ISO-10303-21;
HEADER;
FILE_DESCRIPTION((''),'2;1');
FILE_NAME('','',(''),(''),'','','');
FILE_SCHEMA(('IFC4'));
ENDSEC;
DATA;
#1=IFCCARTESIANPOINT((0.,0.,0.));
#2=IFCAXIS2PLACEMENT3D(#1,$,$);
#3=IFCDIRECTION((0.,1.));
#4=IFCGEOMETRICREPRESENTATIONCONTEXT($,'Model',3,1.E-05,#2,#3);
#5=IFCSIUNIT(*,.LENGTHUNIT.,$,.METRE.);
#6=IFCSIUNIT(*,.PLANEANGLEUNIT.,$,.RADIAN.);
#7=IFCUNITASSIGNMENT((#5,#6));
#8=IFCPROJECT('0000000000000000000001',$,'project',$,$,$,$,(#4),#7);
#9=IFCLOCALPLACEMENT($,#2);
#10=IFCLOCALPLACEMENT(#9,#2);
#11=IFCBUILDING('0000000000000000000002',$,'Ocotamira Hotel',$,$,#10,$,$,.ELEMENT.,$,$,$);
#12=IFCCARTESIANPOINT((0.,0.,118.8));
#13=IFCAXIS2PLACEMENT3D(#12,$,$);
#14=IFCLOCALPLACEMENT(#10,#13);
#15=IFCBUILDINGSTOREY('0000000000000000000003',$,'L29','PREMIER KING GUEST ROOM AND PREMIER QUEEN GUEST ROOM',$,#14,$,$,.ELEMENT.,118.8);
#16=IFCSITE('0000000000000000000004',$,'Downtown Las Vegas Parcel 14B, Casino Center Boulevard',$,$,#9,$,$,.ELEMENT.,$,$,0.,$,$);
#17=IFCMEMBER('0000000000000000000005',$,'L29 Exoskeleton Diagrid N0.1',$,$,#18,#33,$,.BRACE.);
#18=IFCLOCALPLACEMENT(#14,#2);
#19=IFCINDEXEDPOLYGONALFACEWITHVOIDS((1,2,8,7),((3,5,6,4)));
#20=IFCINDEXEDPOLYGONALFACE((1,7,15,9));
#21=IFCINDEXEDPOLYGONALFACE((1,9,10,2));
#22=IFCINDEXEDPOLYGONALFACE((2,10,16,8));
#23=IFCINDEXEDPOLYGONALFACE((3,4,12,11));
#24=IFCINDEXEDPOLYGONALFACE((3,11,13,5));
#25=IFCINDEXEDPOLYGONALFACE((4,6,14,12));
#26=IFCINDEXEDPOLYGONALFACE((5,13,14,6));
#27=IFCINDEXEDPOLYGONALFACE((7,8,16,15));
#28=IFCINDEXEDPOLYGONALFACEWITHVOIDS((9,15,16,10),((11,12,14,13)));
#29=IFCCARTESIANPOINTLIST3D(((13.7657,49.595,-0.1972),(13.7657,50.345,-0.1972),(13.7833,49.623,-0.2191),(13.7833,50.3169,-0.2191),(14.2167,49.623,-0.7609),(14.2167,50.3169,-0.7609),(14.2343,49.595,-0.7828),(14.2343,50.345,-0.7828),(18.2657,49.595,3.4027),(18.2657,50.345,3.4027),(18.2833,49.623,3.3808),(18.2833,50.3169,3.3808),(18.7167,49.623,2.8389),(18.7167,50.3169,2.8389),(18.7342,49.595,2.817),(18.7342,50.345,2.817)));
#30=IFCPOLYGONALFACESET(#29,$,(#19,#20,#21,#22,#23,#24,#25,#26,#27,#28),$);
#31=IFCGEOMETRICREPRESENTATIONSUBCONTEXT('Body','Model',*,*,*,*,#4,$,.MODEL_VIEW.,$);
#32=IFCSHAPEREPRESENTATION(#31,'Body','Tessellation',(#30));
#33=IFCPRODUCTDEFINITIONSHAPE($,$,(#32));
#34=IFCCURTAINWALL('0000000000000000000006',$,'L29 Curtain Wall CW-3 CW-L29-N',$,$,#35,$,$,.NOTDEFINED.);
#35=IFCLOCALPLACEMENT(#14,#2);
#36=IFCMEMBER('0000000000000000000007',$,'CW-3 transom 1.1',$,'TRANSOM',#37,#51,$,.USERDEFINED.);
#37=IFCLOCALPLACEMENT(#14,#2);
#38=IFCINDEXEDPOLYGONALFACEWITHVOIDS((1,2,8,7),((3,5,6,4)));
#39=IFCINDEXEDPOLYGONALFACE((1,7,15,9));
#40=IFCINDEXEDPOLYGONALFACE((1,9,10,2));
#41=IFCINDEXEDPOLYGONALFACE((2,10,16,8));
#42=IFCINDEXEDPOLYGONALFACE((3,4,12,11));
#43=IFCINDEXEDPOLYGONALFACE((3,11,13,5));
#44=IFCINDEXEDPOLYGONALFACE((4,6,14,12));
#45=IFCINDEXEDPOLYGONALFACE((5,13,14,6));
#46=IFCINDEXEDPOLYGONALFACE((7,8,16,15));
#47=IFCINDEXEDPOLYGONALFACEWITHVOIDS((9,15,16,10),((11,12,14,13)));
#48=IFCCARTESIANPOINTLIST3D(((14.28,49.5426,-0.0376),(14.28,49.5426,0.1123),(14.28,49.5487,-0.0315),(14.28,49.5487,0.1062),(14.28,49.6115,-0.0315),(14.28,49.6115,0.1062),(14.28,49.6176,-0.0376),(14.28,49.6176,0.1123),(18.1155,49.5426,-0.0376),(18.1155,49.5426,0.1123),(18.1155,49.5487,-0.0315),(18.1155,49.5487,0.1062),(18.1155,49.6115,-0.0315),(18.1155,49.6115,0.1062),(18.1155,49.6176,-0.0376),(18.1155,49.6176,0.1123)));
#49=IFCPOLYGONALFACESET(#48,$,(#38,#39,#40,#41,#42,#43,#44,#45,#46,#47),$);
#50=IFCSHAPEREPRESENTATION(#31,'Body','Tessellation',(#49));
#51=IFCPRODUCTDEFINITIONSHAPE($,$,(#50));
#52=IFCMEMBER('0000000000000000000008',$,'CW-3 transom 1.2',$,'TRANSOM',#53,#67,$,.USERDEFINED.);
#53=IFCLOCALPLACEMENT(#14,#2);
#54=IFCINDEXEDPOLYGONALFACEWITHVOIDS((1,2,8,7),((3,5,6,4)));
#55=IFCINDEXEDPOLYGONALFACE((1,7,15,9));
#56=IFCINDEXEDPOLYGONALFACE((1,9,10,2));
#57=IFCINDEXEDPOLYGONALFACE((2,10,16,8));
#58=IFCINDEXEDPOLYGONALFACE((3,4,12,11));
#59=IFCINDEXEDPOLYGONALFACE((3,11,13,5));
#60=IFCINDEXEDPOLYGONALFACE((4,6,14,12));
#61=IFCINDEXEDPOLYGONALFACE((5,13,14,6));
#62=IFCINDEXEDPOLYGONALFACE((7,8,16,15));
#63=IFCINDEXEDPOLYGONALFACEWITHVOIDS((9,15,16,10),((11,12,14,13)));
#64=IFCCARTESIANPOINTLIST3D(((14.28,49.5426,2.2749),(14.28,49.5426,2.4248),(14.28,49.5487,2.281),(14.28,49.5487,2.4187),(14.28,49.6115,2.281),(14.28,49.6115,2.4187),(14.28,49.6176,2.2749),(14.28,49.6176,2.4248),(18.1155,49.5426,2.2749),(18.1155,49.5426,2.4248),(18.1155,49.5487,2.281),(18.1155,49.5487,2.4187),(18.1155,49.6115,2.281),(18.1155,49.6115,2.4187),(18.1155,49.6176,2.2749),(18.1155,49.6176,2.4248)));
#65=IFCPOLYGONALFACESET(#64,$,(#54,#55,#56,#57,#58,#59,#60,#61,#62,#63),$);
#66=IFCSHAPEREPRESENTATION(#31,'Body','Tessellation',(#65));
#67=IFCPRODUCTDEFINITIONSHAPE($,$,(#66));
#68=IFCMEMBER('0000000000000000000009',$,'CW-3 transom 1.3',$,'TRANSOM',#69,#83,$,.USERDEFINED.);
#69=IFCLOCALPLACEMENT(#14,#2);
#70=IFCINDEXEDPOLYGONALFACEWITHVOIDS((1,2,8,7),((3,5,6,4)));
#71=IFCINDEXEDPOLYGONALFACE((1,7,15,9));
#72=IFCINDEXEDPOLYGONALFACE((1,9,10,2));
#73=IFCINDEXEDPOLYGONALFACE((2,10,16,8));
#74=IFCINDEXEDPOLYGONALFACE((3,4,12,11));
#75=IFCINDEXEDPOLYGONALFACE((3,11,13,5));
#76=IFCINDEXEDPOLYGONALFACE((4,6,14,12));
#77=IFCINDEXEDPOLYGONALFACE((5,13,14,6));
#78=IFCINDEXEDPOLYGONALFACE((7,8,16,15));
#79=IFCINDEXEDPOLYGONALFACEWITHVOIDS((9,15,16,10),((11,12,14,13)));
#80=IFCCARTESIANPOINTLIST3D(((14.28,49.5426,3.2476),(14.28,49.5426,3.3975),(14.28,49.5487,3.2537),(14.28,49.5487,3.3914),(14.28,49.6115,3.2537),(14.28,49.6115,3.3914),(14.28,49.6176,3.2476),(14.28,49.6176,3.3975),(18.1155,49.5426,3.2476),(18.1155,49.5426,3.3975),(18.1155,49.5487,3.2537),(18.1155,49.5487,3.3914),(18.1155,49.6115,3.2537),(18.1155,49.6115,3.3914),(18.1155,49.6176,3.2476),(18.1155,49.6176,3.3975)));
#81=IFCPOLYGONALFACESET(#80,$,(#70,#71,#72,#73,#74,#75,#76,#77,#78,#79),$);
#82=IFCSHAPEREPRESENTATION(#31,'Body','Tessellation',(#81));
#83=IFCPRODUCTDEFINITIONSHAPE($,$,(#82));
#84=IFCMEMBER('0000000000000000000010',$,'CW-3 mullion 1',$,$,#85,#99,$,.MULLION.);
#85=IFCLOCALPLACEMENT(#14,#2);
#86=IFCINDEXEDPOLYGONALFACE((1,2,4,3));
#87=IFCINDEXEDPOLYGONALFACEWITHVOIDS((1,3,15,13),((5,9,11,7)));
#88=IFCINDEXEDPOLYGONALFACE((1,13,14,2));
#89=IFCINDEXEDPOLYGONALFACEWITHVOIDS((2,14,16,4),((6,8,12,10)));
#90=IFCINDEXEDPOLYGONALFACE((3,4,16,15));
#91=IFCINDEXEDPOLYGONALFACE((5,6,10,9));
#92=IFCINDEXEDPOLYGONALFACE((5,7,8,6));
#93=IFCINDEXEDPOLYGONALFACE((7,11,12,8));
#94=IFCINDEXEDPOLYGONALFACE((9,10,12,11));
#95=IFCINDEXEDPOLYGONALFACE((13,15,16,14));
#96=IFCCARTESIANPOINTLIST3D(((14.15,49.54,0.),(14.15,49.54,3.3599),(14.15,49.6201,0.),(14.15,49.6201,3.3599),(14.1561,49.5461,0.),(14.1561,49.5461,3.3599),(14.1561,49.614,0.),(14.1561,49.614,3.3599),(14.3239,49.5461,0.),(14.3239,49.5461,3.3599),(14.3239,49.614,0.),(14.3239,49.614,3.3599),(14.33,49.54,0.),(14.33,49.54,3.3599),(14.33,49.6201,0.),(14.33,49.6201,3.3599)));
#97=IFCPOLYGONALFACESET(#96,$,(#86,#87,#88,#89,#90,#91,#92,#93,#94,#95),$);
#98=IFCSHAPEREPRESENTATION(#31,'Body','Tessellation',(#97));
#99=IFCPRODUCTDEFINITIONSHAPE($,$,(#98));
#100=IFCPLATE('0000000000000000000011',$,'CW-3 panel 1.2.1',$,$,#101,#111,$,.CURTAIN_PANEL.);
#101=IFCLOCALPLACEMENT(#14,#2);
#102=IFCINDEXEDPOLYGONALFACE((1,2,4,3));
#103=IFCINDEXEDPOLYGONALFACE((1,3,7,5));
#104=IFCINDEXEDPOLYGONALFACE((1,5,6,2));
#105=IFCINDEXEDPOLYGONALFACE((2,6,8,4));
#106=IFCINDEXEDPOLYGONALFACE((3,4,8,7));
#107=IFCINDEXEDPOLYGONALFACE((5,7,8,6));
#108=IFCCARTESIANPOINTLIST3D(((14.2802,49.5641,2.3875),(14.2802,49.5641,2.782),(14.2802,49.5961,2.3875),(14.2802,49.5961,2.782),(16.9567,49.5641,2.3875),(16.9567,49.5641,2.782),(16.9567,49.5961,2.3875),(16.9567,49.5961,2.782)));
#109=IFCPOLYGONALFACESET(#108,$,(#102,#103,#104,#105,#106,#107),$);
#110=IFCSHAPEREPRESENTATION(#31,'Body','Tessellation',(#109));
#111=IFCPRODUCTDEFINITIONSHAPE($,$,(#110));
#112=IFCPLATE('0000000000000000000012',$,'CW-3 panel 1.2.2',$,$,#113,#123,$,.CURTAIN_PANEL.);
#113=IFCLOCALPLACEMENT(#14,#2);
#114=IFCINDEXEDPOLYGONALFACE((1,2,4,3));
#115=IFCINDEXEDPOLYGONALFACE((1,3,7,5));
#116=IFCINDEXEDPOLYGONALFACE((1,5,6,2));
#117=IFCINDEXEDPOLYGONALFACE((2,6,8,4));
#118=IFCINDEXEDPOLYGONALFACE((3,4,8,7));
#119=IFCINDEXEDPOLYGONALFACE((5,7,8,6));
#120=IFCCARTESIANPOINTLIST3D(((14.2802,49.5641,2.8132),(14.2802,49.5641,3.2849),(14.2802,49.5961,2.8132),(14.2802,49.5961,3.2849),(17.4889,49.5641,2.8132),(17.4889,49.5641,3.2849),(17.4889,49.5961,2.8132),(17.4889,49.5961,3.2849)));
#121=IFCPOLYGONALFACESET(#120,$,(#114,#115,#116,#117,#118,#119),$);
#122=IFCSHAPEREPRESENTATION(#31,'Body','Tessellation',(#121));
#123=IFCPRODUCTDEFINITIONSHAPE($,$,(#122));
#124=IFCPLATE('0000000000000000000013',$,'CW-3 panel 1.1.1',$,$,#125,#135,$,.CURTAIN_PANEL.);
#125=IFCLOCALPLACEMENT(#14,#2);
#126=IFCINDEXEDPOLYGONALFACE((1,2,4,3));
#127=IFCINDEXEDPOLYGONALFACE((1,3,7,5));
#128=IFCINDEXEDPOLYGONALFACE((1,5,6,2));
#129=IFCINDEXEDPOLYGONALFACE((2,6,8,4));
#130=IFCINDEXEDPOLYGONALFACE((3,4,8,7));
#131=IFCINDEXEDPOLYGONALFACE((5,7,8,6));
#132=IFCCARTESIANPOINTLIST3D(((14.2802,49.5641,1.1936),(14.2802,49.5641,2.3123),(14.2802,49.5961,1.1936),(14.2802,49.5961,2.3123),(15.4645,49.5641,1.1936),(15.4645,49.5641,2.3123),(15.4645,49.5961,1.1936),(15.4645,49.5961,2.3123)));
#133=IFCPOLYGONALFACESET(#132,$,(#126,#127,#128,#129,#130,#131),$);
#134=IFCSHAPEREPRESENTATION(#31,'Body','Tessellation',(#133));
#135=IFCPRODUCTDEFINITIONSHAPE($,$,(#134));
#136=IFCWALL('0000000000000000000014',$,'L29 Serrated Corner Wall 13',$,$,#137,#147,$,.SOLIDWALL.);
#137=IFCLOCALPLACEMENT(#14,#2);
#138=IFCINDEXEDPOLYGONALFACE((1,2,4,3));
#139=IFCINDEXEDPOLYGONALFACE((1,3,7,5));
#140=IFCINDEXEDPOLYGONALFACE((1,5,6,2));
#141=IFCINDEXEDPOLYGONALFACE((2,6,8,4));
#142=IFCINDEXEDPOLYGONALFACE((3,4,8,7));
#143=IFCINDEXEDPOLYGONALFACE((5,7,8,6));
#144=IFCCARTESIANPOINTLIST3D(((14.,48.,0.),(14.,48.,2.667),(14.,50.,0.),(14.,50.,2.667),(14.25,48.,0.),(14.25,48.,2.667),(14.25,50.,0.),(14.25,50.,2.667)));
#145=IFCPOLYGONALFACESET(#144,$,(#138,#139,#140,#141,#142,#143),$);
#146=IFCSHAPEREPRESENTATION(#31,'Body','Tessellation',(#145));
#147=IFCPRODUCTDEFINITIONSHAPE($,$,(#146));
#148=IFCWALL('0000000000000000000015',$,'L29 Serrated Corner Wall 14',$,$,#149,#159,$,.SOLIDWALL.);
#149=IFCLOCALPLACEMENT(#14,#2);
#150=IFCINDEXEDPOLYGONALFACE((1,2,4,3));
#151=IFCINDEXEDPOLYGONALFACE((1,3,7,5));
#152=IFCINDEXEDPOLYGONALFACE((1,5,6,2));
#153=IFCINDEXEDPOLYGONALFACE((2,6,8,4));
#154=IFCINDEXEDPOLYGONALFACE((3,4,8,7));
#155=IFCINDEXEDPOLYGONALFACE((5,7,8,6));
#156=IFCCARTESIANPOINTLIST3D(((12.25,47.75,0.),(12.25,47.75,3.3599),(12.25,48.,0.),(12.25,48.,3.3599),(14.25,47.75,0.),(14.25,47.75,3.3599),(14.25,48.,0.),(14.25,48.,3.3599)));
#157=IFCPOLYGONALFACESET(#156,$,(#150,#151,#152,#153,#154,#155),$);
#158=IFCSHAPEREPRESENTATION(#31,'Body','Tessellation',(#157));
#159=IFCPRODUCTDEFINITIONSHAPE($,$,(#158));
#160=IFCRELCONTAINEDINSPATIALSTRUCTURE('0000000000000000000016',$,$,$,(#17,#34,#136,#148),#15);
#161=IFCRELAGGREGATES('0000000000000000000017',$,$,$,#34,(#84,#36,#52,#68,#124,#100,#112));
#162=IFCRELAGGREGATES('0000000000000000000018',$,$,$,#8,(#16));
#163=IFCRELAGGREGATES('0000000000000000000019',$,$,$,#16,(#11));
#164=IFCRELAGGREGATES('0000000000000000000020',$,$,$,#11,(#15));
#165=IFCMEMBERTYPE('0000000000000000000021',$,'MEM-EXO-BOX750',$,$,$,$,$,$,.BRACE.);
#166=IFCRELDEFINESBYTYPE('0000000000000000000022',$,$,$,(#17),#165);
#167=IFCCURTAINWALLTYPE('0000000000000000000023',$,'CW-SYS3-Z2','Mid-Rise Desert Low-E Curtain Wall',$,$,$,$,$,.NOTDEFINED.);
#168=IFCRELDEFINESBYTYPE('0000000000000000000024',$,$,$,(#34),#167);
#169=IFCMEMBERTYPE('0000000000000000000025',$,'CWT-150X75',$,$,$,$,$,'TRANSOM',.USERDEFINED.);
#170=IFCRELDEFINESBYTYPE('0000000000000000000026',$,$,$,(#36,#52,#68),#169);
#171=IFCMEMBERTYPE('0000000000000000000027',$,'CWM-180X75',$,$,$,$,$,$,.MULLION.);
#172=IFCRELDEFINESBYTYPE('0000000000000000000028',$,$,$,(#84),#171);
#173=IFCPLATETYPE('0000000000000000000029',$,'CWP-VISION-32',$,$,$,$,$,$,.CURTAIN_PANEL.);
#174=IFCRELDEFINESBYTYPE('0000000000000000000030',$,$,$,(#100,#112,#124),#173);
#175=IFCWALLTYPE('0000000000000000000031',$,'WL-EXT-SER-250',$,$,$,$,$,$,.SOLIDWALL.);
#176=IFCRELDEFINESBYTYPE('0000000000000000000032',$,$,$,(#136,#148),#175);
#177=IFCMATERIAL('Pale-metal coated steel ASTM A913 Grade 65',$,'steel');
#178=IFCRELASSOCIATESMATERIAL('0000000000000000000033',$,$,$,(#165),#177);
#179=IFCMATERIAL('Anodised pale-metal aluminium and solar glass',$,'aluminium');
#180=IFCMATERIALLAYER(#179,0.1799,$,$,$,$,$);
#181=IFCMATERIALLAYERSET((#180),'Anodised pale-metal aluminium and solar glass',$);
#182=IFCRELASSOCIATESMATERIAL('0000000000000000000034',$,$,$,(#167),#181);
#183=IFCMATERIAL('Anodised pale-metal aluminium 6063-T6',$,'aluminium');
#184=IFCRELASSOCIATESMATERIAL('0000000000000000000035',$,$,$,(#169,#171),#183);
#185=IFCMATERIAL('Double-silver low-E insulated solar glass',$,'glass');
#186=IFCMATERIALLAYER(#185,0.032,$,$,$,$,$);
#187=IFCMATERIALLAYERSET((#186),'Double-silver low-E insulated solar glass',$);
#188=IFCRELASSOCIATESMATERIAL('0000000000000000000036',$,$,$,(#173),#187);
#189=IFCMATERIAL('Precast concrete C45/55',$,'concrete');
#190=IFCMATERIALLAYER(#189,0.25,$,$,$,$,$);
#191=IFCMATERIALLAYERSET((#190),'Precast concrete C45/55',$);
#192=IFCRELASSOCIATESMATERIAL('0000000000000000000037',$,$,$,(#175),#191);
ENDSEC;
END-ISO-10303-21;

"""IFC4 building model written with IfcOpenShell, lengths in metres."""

from ifc_helpers import new_model, si_unit, direction, frame, frame_2d, origin, origin_2d, place, context, subcontext, project, spatial, rectangle, hollow_rectangle, extrude, source, transform, mapped, material, layer, layer_set, material_profile, profile_set, type_object, element, aggregate, save


model = new_model("IFC4")

# Units and contexts
model_context = context("Model", 3, precision=1e-05, world=origin(), true_north=direction((0.0, 1.0)))
body_context = subcontext(model_context, "Body", "Model", "MODEL_VIEW")
ifc_project = project(units=[si_unit("LENGTHUNIT", "METRE"), si_unit("PLANEANGLEUNIT", "RADIAN")], contexts=[model_context])

# Site, building, storey
site_placement = place(None, origin())
site = spatial("IfcSite", under=ifc_project, at=site_placement, Name="Downtown Las Vegas Parcel 14B, Casino Center Boulevard", CompositionType="ELEMENT", RefElevation=0.0)
building_placement = place(site_placement, origin())
building = spatial("IfcBuilding", under=site, at=building_placement, Name="Ocotamira Hotel", CompositionType="ELEMENT")
storey_placement = place(building_placement, frame((0.0, 0.0, 118.8)))
storey = spatial("IfcBuildingStorey", under=building, at=storey_placement, Name="L29", Description="PREMIER KING GUEST ROOM AND PREMIER QUEEN GUEST ROOM", CompositionType="ELEMENT", Elevation=118.8)

# Member
ifc_material_1 = material(Name="Pale-metal coated steel ASTM A913 Grade 65", Category="steel")
ifc_material_profile_1 = material_profile(ifc_material_1, hollow_rectangle(XDim=0.75, YDim=0.75, WallThickness=0.0281, at=origin_2d()), Name="BOX750X750X28")
ifc_profile_set_1 = profile_set([ifc_material_profile_1], Name="Pale-metal coated steel ASTM A913 Grade 65")
member_type_1 = type_object("IfcMemberType", Name="MEM-EXO-BOX750", PredefinedType="BRACE", material=ifc_profile_set_1)
shared_shape_1 = source(origin(), body_context, "Body", "SweptSolid", [
    extrude(hollow_rectangle(XDim=0.75, YDim=0.75, WallThickness=0.0281, at=origin_2d()), origin(), (0.0, 0.0, 1.0), 5.7627),
])
member_1_placement = place(storey_placement, frame((14.0, 49.97, -0.49), z_axis=(0.780881, 0.0, 0.62468), x_axis=(0.0, 1.0, 0.0)))
element("IfcMember", 1, at=member_1_placement, inside=storey, type_object=member_type_1, Name="L29 Exoskeleton Diagrid N0.1", PredefinedType="BRACE", context=body_context, shape_type="MappedRepresentation", body=[
    mapped(shared_shape_1, transform((0.0, 0.0, 0.0), scale=1.0)),
])

# Curtain wall, members, plates
ifc_material_2 = material(Name="Anodised pale-metal aluminium and solar glass", Category="aluminium")
ifc_layer_1 = layer(ifc_material_2, 0.1799)
ifc_layer_set_1 = layer_set([ifc_layer_1], Name="Anodised pale-metal aluminium and solar glass")
curtain_wall_type = type_object("IfcCurtainWallType", Name="CW-SYS3-Z2", Description="Mid-Rise Desert Low-E Curtain Wall", PredefinedType="NOTDEFINED", material=ifc_layer_set_1)
curtain_wall_placement = place(storey_placement, origin())
curtain_wall = element("IfcCurtainWall", 2, at=curtain_wall_placement, inside=storey, type_object=curtain_wall_type, Name="L29 Curtain Wall CW-3 CW-L29-N", PredefinedType="NOTDEFINED")
ifc_material_3 = material(Name="Anodised pale-metal aluminium 6063-T6", Category="aluminium")
ifc_material_profile_2 = material_profile(ifc_material_3, hollow_rectangle(XDim=0.075, YDim=0.1499, WallThickness=0.0061, at=origin_2d()), Name="HSS150X75X6")
ifc_profile_set_2 = profile_set([ifc_material_profile_2], Name="Anodised pale-metal aluminium 6063-T6")
member_type_2 = type_object("IfcMemberType", Name="CWT-150X75", ElementType="TRANSOM", PredefinedType="USERDEFINED", material=ifc_profile_set_2)
shared_shape_2 = source(origin(), body_context, "Body", "SweptSolid", [
    extrude(hollow_rectangle(XDim=0.075, YDim=0.1499, WallThickness=0.0061, at=origin_2d()), origin(), (0.0, 0.0, 1.0), 3.8354),
])
member_2_placement = place(storey_placement, frame((14.28, 49.5801, 0.0374), z_axis=(1.0, 0.0, 0.0), x_axis=(0.0, 1.0, 0.0)))
member_2 = element("IfcMember", 3, at=member_2_placement, type_object=member_type_2, Name="CW-3 transom 1.1", ObjectType="TRANSOM", PredefinedType="USERDEFINED", context=body_context, shape_type="MappedRepresentation", body=[
    mapped(shared_shape_2, transform((0.0, 0.0, 0.0), scale=1.0)),
])
member_3_placement = place(storey_placement, frame((14.28, 49.5801, 2.3499), z_axis=(1.0, 0.0, 0.0), x_axis=(0.0, 1.0, 0.0)))
member_3 = element("IfcMember", 4, at=member_3_placement, type_object=member_type_2, Name="CW-3 transom 1.2", ObjectType="TRANSOM", PredefinedType="USERDEFINED", context=body_context, shape_type="MappedRepresentation", body=[
    mapped(shared_shape_2, transform((0.0, 0.0, 0.0), scale=1.0)),
])
member_4_placement = place(storey_placement, frame((14.28, 49.5801, 3.3225), z_axis=(1.0, 0.0, 0.0), x_axis=(0.0, 1.0, 0.0)))
member_4 = element("IfcMember", 5, at=member_4_placement, type_object=member_type_2, Name="CW-3 transom 1.3", ObjectType="TRANSOM", PredefinedType="USERDEFINED", context=body_context, shape_type="MappedRepresentation", body=[
    mapped(shared_shape_2, transform((0.0, 0.0, 0.0), scale=1.0)),
])
ifc_material_profile_3 = material_profile(ifc_material_3, hollow_rectangle(XDim=0.0801, YDim=0.1799, WallThickness=0.0061, at=origin_2d()), Name="HSS180X80X6")
ifc_profile_set_3 = profile_set([ifc_material_profile_3], Name="Anodised pale-metal aluminium 6063-T6")
member_type_3 = type_object("IfcMemberType", Name="CWM-180X75", PredefinedType="MULLION", material=ifc_profile_set_3)
shared_shape_3 = source(origin(), body_context, "Body", "SweptSolid", [
    extrude(hollow_rectangle(XDim=0.0801, YDim=0.1799, WallThickness=0.0061, at=origin_2d()), origin(), (0.0, 0.0, 1.0), 3.3599),
])
member_5_placement = place(storey_placement, frame((14.24, 49.5801, 0.0), z_axis=(0.0, 0.0, 1.0), x_axis=(0.0, 1.0, 0.0)))
member_5 = element("IfcMember", 6, at=member_5_placement, type_object=member_type_3, Name="CW-3 mullion 1", PredefinedType="MULLION", context=body_context, shape_type="MappedRepresentation", body=[
    mapped(shared_shape_3, transform((0.0, 0.0, 0.0), scale=1.0)),
])
ifc_material_4 = material(Name="Double-silver low-E insulated solar glass", Category="glass")
ifc_layer_2 = layer(ifc_material_4, 0.032)
ifc_layer_set_2 = layer_set([ifc_layer_2], Name="Double-silver low-E insulated solar glass")
plate_type = type_object("IfcPlateType", Name="CWP-VISION-32", PredefinedType="CURTAIN_PANEL", material=ifc_layer_set_2)
shared_shape_4 = source(origin(), body_context, "Body", "SweptSolid", [
    extrude(rectangle(XDim=2.6765, YDim=0.032, at=origin_2d()), origin(), (0.0, 0.0, 1.0), 0.3945),
])
plate_1_placement = place(storey_placement, frame((15.6184, 49.5801, 2.3875), z_axis=(0.0, 0.0, 1.0), x_axis=(1.0, 0.0, 0.0)))
plate_1 = element("IfcPlate", 7, at=plate_1_placement, type_object=plate_type, Name="CW-3 panel 1.2.1", PredefinedType="CURTAIN_PANEL", context=body_context, shape_type="MappedRepresentation", body=[
    mapped(shared_shape_4, transform((0.0, 0.0, 0.0), scale=1.0)),
])
shared_shape_5 = source(origin(), body_context, "Body", "SweptSolid", [
    extrude(rectangle(XDim=3.2087, YDim=0.032, at=origin_2d()), origin(), (0.0, 0.0, 1.0), 0.4717),
])
plate_2_placement = place(storey_placement, frame((15.8845, 49.5801, 2.8132), z_axis=(0.0, 0.0, 1.0), x_axis=(1.0, 0.0, 0.0)))
plate_2 = element("IfcPlate", 8, at=plate_2_placement, type_object=plate_type, Name="CW-3 panel 1.2.2", PredefinedType="CURTAIN_PANEL", context=body_context, shape_type="MappedRepresentation", body=[
    mapped(shared_shape_5, transform((0.0, 0.0, 0.0), scale=1.0)),
])
shared_shape_6 = source(origin(), body_context, "Body", "SweptSolid", [
    extrude(rectangle(XDim=1.1843, YDim=0.032, at=origin_2d()), origin(), (0.0, 0.0, 1.0), 1.1187),
])
plate_3_placement = place(storey_placement, frame((14.8723, 49.5801, 1.1936), z_axis=(0.0, 0.0, 1.0), x_axis=(1.0, 0.0, 0.0)))
plate_3 = element("IfcPlate", 9, at=plate_3_placement, type_object=plate_type, Name="CW-3 panel 1.1.1", PredefinedType="CURTAIN_PANEL", context=body_context, shape_type="MappedRepresentation", body=[
    mapped(shared_shape_6, transform((0.0, 0.0, 0.0), scale=1.0)),
])
aggregate(curtain_wall, [member_5, member_2, member_3, member_4, plate_3, plate_1, plate_2])

# Walls
ifc_material_5 = material(Name="Precast concrete C45/55", Category="concrete")
ifc_layer_3 = layer(ifc_material_5, 0.25)
ifc_layer_set_3 = layer_set([ifc_layer_3], Name="Precast concrete C45/55")
wall_type = type_object("IfcWallType", Name="WL-EXT-SER-250", PredefinedType="SOLIDWALL", material=ifc_layer_set_3)
wall_1_placement = place(storey_placement, frame((14.125, 50.0, 0.0), z_axis=(0.0, 0.0, 1.0), x_axis=(0.0, -1.0, 0.0)))
element("IfcWall", 10, at=wall_1_placement, inside=storey, type_object=wall_type, Name="L29 Serrated Corner Wall 13", PredefinedType="SOLIDWALL", context=body_context, shape_type="SweptSolid", body=[
    extrude(rectangle(XDim=2.0, YDim=0.25, at=frame_2d((1.0, 0.0))), origin(), (0.0, 0.0, 1.0), 2.667),
])
wall_2_placement = place(storey_placement, frame((14.25, 47.875, 0.0), z_axis=(0.0, 0.0, 1.0), x_axis=(-1.0, 0.0, 0.0)))
element("IfcWall", 11, at=wall_2_placement, inside=storey, type_object=wall_type, Name="L29 Serrated Corner Wall 14", PredefinedType="SOLIDWALL", context=body_context, shape_type="SweptSolid", body=[
    extrude(rectangle(XDim=2.0, YDim=0.25, at=frame_2d((1.0, 0.0))), origin(), (0.0, 0.0, 1.0), 3.3599),
])

save(model, "model.ifc")
